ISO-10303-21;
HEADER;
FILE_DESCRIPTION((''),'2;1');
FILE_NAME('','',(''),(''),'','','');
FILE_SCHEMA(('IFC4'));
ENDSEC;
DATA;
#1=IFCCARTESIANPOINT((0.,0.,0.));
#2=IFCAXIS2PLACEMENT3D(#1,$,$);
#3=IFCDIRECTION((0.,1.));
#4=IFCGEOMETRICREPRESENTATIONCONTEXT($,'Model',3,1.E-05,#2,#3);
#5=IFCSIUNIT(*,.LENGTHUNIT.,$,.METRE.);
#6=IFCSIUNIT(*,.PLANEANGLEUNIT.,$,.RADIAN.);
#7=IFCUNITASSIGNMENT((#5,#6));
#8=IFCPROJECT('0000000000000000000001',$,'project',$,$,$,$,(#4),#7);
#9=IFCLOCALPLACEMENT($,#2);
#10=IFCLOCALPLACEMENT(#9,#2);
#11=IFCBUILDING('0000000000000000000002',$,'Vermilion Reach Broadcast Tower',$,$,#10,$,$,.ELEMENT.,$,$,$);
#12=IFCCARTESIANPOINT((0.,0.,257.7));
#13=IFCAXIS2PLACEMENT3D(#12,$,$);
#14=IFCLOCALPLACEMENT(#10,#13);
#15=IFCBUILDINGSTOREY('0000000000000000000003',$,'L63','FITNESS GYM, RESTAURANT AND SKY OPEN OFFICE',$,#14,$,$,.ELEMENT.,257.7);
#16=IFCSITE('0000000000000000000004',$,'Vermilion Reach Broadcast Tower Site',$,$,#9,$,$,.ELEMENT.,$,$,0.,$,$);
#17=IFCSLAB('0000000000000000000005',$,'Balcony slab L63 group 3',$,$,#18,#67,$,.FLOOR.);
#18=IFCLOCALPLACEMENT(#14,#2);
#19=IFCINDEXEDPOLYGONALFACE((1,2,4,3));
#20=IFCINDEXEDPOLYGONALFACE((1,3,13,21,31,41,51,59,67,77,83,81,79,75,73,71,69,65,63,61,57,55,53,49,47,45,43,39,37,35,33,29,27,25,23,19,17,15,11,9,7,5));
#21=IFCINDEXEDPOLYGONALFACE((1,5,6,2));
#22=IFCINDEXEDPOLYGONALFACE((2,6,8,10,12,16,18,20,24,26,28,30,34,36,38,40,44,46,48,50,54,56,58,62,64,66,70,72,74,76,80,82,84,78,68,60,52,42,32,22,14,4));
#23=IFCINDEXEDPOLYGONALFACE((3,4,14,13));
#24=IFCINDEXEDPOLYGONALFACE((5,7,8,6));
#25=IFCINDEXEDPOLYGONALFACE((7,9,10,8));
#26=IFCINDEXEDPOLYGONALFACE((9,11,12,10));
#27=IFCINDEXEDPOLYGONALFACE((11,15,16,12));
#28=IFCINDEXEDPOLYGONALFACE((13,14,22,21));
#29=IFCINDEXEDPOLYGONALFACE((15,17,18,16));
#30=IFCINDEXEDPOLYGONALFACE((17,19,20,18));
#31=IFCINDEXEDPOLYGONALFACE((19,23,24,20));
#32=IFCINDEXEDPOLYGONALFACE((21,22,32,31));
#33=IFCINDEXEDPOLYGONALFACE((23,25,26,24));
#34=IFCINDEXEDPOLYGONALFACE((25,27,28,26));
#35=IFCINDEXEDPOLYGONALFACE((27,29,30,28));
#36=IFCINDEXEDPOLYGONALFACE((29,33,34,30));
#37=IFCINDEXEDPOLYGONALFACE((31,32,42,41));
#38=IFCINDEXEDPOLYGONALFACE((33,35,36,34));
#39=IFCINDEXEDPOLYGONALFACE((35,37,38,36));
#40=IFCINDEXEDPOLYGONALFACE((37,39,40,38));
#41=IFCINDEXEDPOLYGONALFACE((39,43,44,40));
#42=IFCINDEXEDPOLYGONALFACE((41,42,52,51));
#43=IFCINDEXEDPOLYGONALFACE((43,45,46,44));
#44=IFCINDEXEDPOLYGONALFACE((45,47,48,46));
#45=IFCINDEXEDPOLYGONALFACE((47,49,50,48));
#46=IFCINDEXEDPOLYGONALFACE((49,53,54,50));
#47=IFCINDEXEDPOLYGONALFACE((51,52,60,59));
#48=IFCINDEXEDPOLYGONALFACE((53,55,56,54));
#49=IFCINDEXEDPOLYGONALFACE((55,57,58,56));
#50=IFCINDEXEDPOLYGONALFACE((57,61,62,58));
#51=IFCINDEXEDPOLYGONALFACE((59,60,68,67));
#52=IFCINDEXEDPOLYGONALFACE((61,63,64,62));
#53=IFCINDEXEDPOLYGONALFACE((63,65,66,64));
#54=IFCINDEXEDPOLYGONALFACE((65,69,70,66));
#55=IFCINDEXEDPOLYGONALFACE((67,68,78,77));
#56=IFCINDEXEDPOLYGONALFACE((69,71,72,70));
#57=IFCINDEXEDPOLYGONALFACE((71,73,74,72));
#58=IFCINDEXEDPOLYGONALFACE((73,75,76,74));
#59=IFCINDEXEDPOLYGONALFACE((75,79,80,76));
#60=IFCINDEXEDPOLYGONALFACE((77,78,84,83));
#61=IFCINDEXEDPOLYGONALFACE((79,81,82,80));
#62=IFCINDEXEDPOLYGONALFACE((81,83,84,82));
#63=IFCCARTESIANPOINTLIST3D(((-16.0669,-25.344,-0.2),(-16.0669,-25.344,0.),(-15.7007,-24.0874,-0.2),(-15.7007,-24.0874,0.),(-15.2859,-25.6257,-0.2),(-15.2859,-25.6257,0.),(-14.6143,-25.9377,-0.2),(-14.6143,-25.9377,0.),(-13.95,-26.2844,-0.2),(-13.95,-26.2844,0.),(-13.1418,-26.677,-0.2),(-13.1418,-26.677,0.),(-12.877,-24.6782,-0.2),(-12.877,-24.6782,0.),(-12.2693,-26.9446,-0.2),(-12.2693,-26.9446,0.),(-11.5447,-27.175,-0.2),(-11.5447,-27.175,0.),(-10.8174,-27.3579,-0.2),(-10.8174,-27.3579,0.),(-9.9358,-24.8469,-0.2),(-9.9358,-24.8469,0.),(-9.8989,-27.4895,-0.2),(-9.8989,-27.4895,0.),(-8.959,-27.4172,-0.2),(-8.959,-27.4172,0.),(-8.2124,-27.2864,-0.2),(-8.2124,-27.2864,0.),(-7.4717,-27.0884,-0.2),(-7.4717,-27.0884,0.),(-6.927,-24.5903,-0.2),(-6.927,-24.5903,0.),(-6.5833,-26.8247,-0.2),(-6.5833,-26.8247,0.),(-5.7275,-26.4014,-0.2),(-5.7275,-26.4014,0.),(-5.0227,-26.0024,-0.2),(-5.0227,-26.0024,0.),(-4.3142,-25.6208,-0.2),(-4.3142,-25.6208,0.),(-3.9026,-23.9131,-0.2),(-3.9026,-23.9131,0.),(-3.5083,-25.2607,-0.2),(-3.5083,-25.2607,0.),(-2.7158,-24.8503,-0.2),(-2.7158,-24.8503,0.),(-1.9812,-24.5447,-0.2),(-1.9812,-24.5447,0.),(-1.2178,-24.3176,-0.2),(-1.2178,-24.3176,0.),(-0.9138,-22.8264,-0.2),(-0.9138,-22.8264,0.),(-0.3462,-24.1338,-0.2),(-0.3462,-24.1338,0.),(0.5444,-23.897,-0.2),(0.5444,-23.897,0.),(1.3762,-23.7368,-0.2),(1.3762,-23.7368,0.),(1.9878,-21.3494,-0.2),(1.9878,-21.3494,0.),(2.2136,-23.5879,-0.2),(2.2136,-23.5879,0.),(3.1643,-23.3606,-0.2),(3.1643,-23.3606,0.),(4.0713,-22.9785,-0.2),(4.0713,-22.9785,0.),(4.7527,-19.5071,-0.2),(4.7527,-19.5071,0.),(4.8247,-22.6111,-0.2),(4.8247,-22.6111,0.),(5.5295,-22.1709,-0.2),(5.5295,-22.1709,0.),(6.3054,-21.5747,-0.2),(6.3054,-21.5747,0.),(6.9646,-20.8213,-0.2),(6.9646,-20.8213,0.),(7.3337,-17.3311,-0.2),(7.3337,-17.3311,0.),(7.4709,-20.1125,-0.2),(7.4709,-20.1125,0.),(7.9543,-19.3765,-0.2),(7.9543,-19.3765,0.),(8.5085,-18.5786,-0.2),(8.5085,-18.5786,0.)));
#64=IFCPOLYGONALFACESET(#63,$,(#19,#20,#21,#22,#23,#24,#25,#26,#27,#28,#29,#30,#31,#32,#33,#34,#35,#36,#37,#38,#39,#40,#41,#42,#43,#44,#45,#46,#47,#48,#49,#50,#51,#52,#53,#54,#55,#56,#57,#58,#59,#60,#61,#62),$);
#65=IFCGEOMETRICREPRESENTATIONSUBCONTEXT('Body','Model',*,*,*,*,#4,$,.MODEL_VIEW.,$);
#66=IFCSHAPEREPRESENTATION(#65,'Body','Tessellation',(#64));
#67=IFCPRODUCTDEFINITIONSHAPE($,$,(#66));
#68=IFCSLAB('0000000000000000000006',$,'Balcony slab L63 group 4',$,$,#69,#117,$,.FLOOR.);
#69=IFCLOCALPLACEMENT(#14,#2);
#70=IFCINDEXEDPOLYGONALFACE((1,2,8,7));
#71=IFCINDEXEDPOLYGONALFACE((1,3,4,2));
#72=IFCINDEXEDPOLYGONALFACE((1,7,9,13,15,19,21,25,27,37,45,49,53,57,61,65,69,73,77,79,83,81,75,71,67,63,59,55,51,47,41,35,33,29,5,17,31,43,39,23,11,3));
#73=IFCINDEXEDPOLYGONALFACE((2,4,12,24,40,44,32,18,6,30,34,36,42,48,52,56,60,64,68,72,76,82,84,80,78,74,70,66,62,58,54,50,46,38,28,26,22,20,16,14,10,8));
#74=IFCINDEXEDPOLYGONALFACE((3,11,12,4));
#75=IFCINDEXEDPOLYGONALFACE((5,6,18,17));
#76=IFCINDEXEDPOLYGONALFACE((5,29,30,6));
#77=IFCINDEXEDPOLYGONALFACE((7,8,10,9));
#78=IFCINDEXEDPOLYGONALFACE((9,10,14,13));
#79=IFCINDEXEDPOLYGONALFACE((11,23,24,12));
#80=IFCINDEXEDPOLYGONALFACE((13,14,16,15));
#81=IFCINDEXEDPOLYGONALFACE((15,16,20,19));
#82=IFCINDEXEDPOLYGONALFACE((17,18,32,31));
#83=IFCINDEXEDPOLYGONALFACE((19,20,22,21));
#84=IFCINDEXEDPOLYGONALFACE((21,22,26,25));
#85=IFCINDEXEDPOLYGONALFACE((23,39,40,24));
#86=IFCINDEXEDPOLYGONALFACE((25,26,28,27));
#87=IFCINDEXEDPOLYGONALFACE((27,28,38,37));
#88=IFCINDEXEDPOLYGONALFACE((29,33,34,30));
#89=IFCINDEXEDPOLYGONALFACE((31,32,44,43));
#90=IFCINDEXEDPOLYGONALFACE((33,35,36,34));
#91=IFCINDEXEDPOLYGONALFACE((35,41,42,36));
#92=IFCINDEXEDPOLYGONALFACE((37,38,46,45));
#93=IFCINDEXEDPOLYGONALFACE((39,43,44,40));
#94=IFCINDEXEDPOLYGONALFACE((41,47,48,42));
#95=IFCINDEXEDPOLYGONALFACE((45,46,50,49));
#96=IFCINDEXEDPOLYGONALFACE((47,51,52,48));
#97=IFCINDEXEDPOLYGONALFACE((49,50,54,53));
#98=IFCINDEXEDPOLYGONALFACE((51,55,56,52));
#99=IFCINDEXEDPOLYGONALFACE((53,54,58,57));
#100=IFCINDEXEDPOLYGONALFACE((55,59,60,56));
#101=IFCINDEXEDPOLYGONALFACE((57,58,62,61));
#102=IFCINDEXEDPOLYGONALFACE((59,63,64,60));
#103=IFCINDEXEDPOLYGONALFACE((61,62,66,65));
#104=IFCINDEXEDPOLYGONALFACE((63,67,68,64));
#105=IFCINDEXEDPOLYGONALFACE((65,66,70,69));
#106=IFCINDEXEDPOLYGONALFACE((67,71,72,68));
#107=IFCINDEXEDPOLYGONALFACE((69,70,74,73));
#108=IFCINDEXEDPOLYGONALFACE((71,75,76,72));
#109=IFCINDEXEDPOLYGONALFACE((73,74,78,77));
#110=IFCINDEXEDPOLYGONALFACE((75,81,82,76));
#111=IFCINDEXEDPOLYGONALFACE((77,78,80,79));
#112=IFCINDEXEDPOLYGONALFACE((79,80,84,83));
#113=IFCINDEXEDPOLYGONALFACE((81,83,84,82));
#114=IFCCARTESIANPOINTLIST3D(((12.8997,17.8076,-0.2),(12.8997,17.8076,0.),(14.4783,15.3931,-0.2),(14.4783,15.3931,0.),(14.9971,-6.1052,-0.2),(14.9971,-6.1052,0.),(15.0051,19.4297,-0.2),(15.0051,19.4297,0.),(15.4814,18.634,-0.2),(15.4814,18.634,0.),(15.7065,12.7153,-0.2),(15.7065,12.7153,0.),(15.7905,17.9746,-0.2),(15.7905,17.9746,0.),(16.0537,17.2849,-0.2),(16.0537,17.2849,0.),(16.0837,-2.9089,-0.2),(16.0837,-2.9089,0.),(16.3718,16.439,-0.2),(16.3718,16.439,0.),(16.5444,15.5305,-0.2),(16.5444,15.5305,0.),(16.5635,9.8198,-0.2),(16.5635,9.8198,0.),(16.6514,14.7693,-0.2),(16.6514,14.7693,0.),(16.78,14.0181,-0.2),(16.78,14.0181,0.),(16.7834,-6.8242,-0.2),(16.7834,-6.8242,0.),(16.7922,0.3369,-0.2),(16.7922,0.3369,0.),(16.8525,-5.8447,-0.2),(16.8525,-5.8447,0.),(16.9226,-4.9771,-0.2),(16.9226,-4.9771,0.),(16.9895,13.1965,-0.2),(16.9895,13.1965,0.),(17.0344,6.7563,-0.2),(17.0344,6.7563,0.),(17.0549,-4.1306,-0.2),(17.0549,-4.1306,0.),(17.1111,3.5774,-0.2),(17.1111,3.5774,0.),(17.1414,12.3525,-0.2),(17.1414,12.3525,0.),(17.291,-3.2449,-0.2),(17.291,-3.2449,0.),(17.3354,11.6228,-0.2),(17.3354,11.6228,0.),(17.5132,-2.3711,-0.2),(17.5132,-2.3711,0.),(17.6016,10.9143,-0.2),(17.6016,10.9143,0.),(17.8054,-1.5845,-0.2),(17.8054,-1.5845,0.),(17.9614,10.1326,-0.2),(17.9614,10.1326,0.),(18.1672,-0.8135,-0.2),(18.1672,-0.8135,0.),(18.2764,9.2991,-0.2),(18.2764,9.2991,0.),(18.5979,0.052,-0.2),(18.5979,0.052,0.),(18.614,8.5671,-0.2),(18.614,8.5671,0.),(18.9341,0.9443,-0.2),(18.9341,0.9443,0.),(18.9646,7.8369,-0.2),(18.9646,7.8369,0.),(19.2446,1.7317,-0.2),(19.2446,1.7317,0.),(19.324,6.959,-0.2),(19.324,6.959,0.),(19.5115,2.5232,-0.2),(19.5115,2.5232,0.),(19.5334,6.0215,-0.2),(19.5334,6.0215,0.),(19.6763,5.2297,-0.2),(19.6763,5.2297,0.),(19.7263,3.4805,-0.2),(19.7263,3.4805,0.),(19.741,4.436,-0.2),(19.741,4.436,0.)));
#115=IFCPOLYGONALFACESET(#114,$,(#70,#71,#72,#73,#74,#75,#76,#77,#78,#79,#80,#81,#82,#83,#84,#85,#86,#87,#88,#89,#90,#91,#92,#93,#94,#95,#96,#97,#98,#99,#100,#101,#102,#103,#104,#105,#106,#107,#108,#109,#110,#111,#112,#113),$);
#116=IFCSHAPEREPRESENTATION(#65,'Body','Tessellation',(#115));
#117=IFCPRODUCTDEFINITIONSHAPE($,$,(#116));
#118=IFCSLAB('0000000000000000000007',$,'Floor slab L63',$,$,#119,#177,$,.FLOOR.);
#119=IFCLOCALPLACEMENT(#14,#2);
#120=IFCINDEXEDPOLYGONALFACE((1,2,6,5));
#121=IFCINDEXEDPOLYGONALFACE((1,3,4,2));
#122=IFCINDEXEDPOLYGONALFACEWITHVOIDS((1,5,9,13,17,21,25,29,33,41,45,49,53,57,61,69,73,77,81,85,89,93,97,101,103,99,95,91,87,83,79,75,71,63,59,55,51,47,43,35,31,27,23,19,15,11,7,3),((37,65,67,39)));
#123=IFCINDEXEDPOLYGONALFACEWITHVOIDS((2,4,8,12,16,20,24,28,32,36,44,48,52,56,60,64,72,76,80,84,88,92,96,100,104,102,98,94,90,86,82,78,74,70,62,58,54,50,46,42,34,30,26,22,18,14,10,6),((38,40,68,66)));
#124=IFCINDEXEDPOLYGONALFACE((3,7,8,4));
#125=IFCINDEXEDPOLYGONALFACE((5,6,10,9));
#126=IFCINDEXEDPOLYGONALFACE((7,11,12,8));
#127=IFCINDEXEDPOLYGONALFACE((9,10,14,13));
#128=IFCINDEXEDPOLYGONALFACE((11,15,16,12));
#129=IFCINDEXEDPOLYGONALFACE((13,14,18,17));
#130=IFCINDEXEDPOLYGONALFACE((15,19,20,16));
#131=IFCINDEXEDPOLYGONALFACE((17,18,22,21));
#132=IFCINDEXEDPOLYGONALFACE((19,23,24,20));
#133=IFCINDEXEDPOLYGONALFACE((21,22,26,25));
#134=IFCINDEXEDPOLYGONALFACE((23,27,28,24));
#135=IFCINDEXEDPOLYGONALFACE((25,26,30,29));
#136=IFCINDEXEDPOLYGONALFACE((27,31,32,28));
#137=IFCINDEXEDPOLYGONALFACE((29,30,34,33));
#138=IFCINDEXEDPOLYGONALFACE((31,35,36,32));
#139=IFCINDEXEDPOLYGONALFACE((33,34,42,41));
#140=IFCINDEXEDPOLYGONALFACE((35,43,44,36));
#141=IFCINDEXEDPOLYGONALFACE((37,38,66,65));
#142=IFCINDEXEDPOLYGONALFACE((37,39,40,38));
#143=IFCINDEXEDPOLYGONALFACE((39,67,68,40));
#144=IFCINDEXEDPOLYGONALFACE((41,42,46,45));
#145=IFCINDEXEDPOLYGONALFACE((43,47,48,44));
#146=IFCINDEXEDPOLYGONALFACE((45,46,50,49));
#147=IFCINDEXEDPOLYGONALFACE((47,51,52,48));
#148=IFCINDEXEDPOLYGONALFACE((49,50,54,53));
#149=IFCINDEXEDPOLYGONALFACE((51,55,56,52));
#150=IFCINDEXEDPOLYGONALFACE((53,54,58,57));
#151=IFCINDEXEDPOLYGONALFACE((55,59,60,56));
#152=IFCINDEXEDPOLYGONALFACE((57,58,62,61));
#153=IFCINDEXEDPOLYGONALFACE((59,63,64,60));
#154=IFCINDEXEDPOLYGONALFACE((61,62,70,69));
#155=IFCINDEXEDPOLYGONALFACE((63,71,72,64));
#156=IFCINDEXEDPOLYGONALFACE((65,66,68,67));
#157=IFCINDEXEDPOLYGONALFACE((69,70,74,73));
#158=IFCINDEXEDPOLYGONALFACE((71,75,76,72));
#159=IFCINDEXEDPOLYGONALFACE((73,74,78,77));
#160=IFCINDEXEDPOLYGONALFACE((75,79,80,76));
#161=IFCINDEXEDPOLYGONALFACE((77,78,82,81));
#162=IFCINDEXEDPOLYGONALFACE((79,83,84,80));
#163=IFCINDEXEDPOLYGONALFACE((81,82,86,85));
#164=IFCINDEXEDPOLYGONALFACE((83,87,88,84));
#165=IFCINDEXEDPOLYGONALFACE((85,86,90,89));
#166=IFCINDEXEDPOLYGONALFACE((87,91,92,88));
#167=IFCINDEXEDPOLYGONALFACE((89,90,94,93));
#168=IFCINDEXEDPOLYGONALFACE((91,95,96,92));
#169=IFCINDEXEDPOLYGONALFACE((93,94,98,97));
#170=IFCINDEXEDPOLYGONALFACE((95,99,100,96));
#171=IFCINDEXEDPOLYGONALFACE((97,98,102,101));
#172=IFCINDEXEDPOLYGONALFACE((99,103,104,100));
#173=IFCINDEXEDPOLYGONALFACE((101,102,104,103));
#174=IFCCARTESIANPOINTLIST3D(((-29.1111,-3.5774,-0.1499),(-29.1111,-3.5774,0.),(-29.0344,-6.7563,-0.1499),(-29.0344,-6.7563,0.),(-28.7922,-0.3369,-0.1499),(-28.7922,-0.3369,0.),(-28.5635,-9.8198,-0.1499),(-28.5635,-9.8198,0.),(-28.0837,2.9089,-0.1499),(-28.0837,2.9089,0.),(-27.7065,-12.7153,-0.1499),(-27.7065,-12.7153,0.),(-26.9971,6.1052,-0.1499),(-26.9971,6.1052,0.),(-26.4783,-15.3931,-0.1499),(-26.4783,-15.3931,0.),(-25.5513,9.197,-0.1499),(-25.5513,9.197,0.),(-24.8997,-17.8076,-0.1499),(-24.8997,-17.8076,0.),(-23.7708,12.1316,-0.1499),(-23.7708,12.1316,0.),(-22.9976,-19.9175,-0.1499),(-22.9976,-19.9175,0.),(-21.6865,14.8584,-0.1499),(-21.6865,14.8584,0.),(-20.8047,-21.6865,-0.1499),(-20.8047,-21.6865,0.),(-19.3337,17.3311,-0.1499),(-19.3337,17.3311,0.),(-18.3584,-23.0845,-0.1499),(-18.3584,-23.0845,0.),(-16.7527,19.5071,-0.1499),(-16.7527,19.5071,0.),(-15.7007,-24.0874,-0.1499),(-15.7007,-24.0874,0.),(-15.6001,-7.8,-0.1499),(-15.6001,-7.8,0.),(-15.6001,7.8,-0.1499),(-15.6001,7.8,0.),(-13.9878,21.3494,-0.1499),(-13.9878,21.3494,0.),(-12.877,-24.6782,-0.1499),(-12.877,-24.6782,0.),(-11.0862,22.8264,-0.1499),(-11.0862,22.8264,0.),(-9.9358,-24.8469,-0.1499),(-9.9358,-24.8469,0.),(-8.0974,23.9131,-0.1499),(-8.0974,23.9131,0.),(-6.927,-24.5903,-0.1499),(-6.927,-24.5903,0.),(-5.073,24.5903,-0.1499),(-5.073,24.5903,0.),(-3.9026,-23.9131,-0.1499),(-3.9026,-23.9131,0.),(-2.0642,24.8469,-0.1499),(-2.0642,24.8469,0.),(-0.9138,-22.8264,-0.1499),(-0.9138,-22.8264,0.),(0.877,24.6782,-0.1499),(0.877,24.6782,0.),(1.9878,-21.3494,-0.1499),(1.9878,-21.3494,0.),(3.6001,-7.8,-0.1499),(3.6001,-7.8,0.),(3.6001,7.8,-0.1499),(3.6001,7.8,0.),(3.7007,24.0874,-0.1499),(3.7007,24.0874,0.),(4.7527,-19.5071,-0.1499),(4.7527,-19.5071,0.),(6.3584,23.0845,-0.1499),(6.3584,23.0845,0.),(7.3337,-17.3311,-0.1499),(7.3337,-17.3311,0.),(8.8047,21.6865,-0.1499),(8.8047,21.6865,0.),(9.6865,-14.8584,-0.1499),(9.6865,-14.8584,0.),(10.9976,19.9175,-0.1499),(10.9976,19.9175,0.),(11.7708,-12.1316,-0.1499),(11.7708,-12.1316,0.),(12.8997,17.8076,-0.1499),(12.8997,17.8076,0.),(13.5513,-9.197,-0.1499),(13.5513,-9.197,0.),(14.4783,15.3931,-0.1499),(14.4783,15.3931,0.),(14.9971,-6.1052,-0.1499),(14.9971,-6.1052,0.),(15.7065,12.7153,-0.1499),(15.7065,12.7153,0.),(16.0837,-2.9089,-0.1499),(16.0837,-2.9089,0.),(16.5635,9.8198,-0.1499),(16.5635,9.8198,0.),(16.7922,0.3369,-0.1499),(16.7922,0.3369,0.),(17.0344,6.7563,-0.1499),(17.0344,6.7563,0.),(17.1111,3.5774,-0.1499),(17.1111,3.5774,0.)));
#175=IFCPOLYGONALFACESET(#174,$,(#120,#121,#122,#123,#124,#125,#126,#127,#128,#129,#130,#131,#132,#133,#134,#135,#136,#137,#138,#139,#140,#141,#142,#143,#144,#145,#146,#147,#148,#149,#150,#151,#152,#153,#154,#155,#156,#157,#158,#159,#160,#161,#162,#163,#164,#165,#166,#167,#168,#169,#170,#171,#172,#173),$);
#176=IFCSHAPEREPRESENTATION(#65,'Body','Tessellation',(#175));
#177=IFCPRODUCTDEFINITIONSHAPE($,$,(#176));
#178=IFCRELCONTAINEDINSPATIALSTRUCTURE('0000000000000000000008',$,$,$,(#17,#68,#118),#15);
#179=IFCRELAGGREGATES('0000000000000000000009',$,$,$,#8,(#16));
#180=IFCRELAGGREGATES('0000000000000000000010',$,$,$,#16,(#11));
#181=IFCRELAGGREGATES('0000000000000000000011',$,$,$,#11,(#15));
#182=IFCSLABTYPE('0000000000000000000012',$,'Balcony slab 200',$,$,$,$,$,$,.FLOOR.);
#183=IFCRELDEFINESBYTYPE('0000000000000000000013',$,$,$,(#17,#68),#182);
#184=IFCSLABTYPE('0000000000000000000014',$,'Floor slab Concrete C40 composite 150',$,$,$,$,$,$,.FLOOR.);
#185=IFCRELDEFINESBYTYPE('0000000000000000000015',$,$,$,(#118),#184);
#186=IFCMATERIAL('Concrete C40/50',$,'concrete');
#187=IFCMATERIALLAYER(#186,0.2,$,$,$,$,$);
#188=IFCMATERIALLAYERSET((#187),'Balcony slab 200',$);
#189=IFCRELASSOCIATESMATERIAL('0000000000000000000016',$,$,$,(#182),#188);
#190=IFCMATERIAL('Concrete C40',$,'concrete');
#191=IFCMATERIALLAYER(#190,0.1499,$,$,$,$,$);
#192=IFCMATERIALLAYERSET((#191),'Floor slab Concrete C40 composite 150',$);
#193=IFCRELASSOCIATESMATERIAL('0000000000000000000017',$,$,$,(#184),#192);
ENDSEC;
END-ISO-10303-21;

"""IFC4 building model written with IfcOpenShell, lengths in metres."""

from ifc_helpers import new_model, si_unit, direction, frame, origin, place, context, subcontext, project, spatial, polyline, outline, extrude, material, layer, layer_set, type_object, element, save


model = new_model("IFC4")

# Units and contexts
model_context = context("Model", 3, precision=1e-05, world=origin(), true_north=direction((0.0, 1.0)))
body_context = subcontext(model_context, "Body", "Model", "MODEL_VIEW")
ifc_project = project(units=[si_unit("LENGTHUNIT", "METRE"), si_unit("PLANEANGLEUNIT", "RADIAN")], contexts=[model_context])

# Site, building, storey
site_placement = place(None, origin())
site = spatial("IfcSite", under=ifc_project, at=site_placement, Name="Vermilion Reach Broadcast Tower Site", CompositionType="ELEMENT", RefElevation=0.0)
building_placement = place(site_placement, origin())
building = spatial("IfcBuilding", under=site, at=building_placement, Name="Vermilion Reach Broadcast Tower", CompositionType="ELEMENT")
storey_placement = place(building_placement, frame((0.0, 0.0, 257.7)))
storey = spatial("IfcBuildingStorey", under=building, at=storey_placement, Name="L63", Description="FITNESS GYM, RESTAURANT AND SKY OPEN OFFICE", CompositionType="ELEMENT", Elevation=257.7)

# Slabs
ifc_material_1 = material(Name="Concrete C40/50", Category="concrete")
ifc_layer_1 = layer(ifc_material_1, 0.2)
ifc_layer_set_1 = layer_set([ifc_layer_1], Name="Balcony slab 200")
slab_type_1 = type_object("IfcSlabType", Name="Balcony slab 200", PredefinedType="FLOOR", material=ifc_layer_set_1)
placement_1 = place(storey_placement, frame((0.0, 0.0, -0.2)))
element("IfcSlab", 1, at=placement_1, inside=storey, type_object=slab_type_1, Name="Balcony slab L63 group 3", PredefinedType="FLOOR", context=body_context, shape_type="SweptSolid", body=[
    extrude(outline(polyline([(-15.7007, -24.0874), (-12.877, -24.6782), (-9.9358, -24.8469), (-6.927, -24.5903), (-3.9026, -23.9131), (-0.9138, -22.8264), (1.9878, -21.3494), (4.7527, -19.5071), (7.3337, -17.3311), (8.5085, -18.5786), (7.9543, -19.3765), (7.4709, -20.1125), (6.9646, -20.8213), (6.3054, -21.5747), (5.5295, -22.1709), (4.8247, -22.6111), (4.0713, -22.9785), (3.1643, -23.3606), (2.2136, -23.5879), (1.3762, -23.7368), (0.5444, -23.897), (-0.3462, -24.1338), (-1.2178, -24.3176), (-1.9812, -24.5447), (-2.7158, -24.8503), (-3.5083, -25.2607), (-4.3142, -25.6208), (-5.0227, -26.0024), (-5.7275, -26.4014), (-6.5833, -26.8247), (-7.4717, -27.0884), (-8.2124, -27.2864), (-8.959, -27.4172), (-9.8989, -27.4895), (-10.8174, -27.3579), (-11.5447, -27.175), (-12.2693, -26.9446), (-13.1418, -26.677), (-13.95, -26.2844), (-14.6143, -25.9377), (-15.2859, -25.6257), (-16.0669, -25.344), (-15.7007, -24.0874)])), origin(), (0.0, 0.0, 1.0), 0.2),
])
element("IfcSlab", 2, at=placement_1, inside=storey, type_object=slab_type_1, Name="Balcony slab L63 group 4", PredefinedType="FLOOR", context=body_context, shape_type="SweptSolid", body=[
    extrude(outline(polyline([(14.9971, -6.1052), (16.0837, -2.9089), (16.7922, 0.3369), (17.1111, 3.5774), (17.0344, 6.7563), (16.5635, 9.8198), (15.7065, 12.7153), (14.4783, 15.3931), (12.8997, 17.8076), (15.0051, 19.4297), (15.4814, 18.634), (15.7905, 17.9746), (16.0537, 17.2849), (16.3718, 16.439), (16.5444, 15.5305), (16.6514, 14.7693), (16.78, 14.0181), (16.9895, 13.1965), (17.1414, 12.3525), (17.3354, 11.6228), (17.6016, 10.9143), (17.9614, 10.1326), (18.2764, 9.2991), (18.614, 8.5671), (18.9646, 7.8369), (19.324, 6.959), (19.5334, 6.0215), (19.6763, 5.2297), (19.741, 4.436), (19.7263, 3.4805), (19.5115, 2.5232), (19.2446, 1.7317), (18.9341, 0.9443), (18.5979, 0.052), (18.1672, -0.8135), (17.8054, -1.5845), (17.5132, -2.3711), (17.291, -3.2449), (17.0549, -4.1306), (16.9226, -4.9771), (16.8525, -5.8447), (16.7834, -6.8242), (14.9971, -6.1052)])), origin(), (0.0, 0.0, 1.0), 0.2),
])
ifc_material_2 = material(Name="Concrete C40", Category="concrete")
ifc_layer_2 = layer(ifc_material_2, 0.1499)
ifc_layer_set_2 = layer_set([ifc_layer_2], Name="Floor slab Concrete C40 composite 150")
slab_type_2 = type_object("IfcSlabType", Name="Floor slab Concrete C40 composite 150", PredefinedType="FLOOR", material=ifc_layer_set_2)
slab_1_placement = place(storey_placement, frame((0.0, 0.0, -0.1499)))
element("IfcSlab", 3, at=slab_1_placement, inside=storey, type_object=slab_type_2, Name="Floor slab L63", PredefinedType="FLOOR", context=body_context, shape_type="SweptSolid", body=[
    extrude(outline(polyline([(8.8047, 21.6865), (6.3584, 23.0845), (3.7007, 24.0874), (0.877, 24.6782), (-2.0642, 24.8469), (-5.073, 24.5903), (-8.0974, 23.9131), (-11.0862, 22.8264), (-13.9878, 21.3494), (-16.7527, 19.5071), (-19.3337, 17.3311), (-21.6865, 14.8584), (-23.7708, 12.1316), (-25.5513, 9.197), (-26.9971, 6.1052), (-28.0837, 2.9089), (-28.7922, -0.3369), (-29.1111, -3.5774), (-29.0344, -6.7563), (-28.5635, -9.8198), (-27.7065, -12.7153), (-26.4783, -15.3931), (-24.8997, -17.8076), (-22.9976, -19.9175), (-20.8047, -21.6865), (-18.3584, -23.0845), (-15.7007, -24.0874), (-12.877, -24.6782), (-9.9358, -24.8469), (-6.927, -24.5903), (-3.9026, -23.9131), (-0.9138, -22.8264), (1.9878, -21.3494), (4.7527, -19.5071), (7.3337, -17.3311), (9.6865, -14.8584), (11.7708, -12.1316), (13.5513, -9.197), (14.9971, -6.1052), (16.0837, -2.9089), (16.7922, 0.3369), (17.1111, 3.5774), (17.0344, 6.7563), (16.5635, 9.8198), (15.7065, 12.7153), (14.4783, 15.3931), (12.8997, 17.8076), (10.9976, 19.9175), (8.8047, 21.6865)]), holes=[polyline([(-15.6001, -7.8), (3.6001, -7.8), (3.6001, 7.8), (-15.6001, 7.8), (-15.6001, -7.8)])]), origin(), (0.0, 0.0, 1.0), 0.1499),
])

save(model, "model.ifc")
